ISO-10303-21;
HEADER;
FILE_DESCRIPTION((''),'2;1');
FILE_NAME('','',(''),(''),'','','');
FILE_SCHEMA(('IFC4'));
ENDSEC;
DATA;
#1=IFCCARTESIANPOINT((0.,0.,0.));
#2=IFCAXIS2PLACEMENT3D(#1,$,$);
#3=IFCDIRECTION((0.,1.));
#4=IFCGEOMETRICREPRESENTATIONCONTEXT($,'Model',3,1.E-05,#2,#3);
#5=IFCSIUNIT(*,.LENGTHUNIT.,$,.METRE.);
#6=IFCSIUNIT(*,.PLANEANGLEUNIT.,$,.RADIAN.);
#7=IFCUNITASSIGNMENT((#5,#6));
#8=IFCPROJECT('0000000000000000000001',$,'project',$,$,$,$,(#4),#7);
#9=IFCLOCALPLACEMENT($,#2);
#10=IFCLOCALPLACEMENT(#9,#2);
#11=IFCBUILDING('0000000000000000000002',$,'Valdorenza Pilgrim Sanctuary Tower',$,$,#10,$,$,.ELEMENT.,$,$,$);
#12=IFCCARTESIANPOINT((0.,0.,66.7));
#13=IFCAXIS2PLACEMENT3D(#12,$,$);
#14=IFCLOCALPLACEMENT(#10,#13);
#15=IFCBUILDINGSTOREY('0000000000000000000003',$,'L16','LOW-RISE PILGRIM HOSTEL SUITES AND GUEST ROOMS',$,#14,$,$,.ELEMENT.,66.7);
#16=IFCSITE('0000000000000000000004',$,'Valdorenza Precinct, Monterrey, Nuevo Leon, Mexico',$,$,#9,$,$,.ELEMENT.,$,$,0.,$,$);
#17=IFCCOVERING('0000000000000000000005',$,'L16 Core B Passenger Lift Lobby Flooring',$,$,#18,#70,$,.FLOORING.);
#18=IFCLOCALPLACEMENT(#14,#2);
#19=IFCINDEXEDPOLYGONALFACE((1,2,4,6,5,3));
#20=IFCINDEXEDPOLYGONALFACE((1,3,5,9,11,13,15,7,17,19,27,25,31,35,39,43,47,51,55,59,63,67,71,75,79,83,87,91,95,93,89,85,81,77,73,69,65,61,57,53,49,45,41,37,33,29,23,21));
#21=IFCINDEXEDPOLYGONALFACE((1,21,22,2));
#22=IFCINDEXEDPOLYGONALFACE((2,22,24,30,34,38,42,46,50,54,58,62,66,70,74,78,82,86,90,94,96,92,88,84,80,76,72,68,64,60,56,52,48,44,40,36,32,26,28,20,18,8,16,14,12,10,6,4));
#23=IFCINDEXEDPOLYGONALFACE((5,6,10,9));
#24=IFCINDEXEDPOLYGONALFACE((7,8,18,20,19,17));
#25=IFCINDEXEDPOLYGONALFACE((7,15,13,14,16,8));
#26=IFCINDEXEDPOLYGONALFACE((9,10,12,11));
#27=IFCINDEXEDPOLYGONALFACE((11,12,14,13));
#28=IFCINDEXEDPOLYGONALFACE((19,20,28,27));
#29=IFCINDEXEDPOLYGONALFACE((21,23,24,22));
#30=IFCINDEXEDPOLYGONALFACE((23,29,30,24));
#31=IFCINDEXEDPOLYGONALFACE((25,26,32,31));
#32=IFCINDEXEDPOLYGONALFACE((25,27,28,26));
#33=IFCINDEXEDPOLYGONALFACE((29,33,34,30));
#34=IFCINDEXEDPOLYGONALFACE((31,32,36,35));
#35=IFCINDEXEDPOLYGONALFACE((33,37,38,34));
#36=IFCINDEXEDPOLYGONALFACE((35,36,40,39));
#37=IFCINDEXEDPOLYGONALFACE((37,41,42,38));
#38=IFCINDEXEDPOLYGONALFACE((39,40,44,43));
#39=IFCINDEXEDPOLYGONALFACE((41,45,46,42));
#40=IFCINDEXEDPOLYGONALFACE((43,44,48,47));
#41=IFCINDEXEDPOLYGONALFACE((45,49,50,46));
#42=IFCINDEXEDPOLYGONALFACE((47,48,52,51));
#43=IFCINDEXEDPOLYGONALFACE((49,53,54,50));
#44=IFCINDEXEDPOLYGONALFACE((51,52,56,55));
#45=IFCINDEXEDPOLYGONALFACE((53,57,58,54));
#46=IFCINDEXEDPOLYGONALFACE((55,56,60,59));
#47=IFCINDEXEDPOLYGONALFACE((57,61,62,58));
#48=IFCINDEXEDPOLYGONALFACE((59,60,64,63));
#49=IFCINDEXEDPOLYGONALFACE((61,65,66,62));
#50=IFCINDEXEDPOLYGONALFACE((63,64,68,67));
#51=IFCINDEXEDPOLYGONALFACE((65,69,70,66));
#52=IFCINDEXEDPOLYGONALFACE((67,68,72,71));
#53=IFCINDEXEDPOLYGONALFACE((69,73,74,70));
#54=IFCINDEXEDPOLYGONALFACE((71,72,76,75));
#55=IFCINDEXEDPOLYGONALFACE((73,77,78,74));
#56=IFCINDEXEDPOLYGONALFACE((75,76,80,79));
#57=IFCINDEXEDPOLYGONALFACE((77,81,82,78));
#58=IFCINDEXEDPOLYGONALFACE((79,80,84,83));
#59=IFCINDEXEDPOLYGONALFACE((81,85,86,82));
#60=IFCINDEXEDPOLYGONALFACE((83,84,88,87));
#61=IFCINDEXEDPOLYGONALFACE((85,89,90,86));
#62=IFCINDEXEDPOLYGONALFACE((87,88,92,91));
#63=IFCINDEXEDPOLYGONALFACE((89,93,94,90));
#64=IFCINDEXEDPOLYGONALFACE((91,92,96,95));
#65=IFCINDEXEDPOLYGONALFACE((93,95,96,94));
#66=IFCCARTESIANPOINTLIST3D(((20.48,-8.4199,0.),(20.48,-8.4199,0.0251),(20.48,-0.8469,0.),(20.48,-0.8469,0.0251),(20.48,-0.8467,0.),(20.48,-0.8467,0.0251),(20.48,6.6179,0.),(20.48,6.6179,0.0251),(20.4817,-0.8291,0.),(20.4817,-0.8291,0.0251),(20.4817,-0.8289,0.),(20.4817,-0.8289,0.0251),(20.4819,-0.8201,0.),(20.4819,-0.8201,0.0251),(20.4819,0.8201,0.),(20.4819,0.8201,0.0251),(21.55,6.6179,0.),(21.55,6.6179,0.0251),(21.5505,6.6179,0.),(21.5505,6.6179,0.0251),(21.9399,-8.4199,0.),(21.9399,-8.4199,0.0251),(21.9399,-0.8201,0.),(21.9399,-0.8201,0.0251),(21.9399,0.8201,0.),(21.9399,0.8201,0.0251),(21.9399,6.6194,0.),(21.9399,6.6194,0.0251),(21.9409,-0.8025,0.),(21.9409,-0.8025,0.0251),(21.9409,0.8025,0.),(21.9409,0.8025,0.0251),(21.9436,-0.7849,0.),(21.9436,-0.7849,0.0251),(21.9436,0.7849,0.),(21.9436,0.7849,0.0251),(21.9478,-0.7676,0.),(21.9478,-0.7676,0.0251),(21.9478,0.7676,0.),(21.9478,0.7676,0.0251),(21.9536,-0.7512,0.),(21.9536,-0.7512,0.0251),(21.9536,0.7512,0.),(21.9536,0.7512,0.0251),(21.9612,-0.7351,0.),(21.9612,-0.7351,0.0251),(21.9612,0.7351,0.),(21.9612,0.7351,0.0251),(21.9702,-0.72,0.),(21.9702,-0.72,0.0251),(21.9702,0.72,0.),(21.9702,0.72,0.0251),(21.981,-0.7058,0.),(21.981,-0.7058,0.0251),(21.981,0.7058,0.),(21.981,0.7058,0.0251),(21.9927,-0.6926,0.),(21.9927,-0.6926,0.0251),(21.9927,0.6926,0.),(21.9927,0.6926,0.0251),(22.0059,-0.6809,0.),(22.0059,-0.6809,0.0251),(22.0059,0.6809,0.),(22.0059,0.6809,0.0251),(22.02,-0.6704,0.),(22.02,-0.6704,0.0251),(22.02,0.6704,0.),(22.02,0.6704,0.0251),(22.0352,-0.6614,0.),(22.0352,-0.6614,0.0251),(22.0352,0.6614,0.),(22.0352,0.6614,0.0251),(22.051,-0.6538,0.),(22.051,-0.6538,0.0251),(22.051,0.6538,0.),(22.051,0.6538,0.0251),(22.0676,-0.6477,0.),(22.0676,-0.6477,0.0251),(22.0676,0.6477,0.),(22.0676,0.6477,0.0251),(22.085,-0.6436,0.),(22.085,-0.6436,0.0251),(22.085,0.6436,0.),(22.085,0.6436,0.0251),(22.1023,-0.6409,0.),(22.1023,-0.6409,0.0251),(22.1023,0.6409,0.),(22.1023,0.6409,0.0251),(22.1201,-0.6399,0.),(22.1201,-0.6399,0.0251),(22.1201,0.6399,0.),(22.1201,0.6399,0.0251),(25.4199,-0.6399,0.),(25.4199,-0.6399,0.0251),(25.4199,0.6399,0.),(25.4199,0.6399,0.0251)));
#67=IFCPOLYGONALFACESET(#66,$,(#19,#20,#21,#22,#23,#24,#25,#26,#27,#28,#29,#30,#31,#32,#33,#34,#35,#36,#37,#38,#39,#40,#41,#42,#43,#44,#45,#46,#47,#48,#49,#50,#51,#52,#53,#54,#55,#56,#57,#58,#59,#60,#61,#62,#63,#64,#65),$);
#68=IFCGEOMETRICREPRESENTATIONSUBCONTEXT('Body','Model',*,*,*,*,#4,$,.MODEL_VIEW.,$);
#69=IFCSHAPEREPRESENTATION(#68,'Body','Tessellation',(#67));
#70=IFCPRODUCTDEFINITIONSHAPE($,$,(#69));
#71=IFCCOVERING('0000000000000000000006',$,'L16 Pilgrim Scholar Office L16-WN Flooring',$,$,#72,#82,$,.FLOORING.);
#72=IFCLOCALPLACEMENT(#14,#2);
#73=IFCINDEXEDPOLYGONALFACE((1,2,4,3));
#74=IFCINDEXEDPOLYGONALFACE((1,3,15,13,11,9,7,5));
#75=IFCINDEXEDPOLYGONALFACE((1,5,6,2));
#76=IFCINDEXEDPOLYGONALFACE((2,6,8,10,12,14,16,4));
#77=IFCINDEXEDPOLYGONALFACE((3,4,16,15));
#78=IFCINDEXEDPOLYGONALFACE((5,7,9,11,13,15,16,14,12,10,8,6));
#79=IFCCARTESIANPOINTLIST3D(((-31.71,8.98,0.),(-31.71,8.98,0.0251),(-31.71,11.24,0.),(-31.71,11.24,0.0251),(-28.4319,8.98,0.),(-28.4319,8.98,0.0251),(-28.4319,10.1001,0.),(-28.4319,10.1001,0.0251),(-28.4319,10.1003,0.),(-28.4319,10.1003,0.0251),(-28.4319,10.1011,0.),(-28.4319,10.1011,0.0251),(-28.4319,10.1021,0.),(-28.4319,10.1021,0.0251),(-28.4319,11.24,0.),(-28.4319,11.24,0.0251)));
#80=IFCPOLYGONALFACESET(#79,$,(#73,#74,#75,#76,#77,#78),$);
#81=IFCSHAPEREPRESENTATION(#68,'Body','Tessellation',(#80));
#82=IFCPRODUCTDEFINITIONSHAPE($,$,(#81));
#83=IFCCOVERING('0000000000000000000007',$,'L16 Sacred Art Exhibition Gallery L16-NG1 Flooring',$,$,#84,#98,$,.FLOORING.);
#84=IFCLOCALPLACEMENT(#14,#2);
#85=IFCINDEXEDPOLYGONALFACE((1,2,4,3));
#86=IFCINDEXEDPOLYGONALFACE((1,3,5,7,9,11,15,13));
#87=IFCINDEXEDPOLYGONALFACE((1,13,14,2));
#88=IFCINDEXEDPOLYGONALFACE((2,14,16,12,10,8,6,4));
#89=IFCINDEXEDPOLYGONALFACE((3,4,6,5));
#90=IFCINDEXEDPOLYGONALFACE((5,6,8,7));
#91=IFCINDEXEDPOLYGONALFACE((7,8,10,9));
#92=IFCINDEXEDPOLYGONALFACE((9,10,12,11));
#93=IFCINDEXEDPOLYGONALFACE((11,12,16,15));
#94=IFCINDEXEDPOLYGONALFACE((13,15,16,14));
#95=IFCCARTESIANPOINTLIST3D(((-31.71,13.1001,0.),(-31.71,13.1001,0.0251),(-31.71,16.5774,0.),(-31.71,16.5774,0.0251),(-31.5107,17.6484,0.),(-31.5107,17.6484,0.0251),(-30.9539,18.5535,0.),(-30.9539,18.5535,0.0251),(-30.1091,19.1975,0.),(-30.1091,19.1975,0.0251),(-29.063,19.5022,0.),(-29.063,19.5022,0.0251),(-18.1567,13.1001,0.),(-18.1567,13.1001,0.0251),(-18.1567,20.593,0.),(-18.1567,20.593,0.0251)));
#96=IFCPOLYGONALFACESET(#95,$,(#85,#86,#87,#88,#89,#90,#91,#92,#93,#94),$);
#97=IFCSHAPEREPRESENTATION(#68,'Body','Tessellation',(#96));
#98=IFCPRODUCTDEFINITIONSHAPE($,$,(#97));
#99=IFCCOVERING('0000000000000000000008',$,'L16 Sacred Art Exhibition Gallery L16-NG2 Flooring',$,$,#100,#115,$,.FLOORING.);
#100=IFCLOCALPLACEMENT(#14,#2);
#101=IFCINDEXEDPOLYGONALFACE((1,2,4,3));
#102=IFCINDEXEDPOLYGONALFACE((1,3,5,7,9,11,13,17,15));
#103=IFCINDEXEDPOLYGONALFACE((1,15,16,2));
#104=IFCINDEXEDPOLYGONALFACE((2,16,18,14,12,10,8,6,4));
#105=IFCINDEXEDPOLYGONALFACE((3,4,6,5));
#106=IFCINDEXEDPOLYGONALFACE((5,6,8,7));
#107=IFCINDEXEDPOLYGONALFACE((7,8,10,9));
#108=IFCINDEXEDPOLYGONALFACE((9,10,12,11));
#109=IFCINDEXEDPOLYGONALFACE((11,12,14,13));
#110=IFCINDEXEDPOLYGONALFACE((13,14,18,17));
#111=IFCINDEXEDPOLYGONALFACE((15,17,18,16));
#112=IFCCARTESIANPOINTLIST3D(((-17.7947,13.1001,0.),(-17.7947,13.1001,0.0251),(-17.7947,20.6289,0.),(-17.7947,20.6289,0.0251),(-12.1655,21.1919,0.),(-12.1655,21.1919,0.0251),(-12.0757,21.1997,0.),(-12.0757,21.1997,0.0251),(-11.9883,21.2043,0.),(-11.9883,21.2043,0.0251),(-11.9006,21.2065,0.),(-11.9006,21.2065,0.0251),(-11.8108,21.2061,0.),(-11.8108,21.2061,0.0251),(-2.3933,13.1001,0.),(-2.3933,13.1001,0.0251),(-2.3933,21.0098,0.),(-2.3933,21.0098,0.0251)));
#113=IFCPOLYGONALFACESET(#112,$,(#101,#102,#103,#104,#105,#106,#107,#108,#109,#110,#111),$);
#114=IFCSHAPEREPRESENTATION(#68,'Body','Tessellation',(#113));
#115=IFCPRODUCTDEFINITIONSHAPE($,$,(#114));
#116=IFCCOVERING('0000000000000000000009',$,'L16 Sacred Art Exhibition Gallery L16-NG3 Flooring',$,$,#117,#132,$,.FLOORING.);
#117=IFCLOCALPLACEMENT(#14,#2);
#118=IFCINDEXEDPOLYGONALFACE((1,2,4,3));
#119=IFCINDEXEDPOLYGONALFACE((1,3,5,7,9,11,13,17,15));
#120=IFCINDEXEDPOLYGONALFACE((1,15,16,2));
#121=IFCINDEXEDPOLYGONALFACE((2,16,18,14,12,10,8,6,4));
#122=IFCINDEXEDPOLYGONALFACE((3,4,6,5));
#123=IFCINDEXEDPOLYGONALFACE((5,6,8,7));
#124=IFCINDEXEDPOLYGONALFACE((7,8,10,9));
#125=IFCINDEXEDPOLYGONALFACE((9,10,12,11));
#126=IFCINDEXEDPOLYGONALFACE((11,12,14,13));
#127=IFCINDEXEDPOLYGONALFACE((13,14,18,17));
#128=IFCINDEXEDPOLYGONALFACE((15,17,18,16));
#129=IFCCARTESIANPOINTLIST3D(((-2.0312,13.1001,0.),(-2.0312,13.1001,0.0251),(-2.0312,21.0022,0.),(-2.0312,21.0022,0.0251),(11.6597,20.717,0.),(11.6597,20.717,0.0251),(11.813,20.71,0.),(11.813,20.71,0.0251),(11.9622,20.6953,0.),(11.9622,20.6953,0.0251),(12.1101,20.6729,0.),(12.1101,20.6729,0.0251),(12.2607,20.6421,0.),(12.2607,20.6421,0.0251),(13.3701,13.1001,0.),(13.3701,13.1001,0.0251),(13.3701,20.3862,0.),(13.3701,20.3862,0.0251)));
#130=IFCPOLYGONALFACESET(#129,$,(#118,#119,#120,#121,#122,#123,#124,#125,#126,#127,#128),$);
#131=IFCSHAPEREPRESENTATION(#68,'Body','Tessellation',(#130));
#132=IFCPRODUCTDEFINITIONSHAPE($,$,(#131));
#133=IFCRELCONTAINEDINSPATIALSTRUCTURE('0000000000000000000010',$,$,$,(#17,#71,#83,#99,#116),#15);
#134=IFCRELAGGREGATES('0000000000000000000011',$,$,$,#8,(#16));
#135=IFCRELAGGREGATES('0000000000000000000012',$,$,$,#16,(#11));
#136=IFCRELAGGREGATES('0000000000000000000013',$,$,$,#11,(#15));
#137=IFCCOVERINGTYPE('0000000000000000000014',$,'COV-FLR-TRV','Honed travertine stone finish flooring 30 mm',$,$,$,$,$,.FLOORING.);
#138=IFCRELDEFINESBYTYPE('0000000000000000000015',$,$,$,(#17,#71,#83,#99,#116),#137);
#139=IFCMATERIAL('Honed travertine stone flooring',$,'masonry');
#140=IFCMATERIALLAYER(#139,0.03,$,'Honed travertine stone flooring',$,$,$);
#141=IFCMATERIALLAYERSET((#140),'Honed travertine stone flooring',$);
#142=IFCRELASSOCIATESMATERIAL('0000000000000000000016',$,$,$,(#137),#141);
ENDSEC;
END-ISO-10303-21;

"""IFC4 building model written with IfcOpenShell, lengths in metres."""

from ifc_helpers import new_model, si_unit, direction, frame, origin, place, context, subcontext, project, spatial, polyline, outline, extrude, material, layer, layer_set, type_object, element, save


model = new_model("IFC4")

# Units and contexts
model_context = context("Model", 3, precision=1e-05, world=origin(), true_north=direction((0.0, 1.0)))
body_context = subcontext(model_context, "Body", "Model", "MODEL_VIEW")
ifc_project = project(units=[si_unit("LENGTHUNIT", "METRE"), si_unit("PLANEANGLEUNIT", "RADIAN")], contexts=[model_context])

# Site, building, storey
site_placement = place(None, origin())
site = spatial("IfcSite", under=ifc_project, at=site_placement, Name="Valdorenza Precinct, Monterrey, Nuevo Leon, Mexico", CompositionType="ELEMENT", RefElevation=0.0)
building_placement = place(site_placement, origin())
building = spatial("IfcBuilding", under=site, at=building_placement, Name="Valdorenza Pilgrim Sanctuary Tower", CompositionType="ELEMENT")
storey_placement = place(building_placement, frame((0.0, 0.0, 66.7)))
storey = spatial("IfcBuildingStorey", under=building, at=storey_placement, Name="L16", Description="LOW-RISE PILGRIM HOSTEL SUITES AND GUEST ROOMS", CompositionType="ELEMENT", Elevation=66.7)

# Coverings
ifc_material_1 = material(Name="Honed travertine stone flooring", Category="masonry")
ifc_layer_1 = layer(ifc_material_1, 0.03, Name="Honed travertine stone flooring")
ifc_layer_set_1 = layer_set([ifc_layer_1], Name="Honed travertine stone flooring")
covering_type_1 = type_object("IfcCoveringType", Name="COV-FLR-TRV", Description="Honed travertine stone finish flooring 30 mm", PredefinedType="FLOORING", material=ifc_layer_set_1)
covering_1_placement = place(storey_placement, origin())
element("IfcCovering", 1, at=covering_1_placement, inside=storey, type_object=covering_type_1, Name="L16 Core B Passenger Lift Lobby Flooring", PredefinedType="FLOORING", context=body_context, shape_type="SweptSolid", body=[
    extrude(outline(polyline([(20.48, 6.6179), (21.55, 6.6179), (21.5505, 6.6179), (21.9399, 6.6194), (21.9399, 0.8201), (21.9409, 0.8025), (21.9436, 0.7849), (21.9478, 0.7676), (21.9536, 0.7512), (21.9612, 0.7351), (21.9702, 0.72), (21.981, 0.7058), (21.9927, 0.6926), (22.0059, 0.6809), (22.02, 0.6704), (22.0352, 0.6614), (22.051, 0.6538), (22.0676, 0.6477), (22.085, 0.6436), (22.1023, 0.6409), (22.1201, 0.6399), (25.4199, 0.6399), (25.4199, -0.6399), (22.1201, -0.6399), (22.1023, -0.6409), (22.085, -0.6436), (22.0676, -0.6477), (22.051, -0.6538), (22.0352, -0.6614), (22.02, -0.6704), (22.0059, -0.6809), (21.9927, -0.6926), (21.981, -0.7058), (21.9702, -0.72), (21.9612, -0.7351), (21.9536, -0.7512), (21.9478, -0.7676), (21.9436, -0.7849), (21.9409, -0.8025), (21.9399, -0.8201), (21.9399, -8.4199), (20.48, -8.4199), (20.48, -0.8469), (20.48, -0.8467), (20.48, -0.8467), (20.4817, -0.8291), (20.4817, -0.8289), (20.4819, -0.8201), (20.4819, 0.8201), (20.48, 6.6179)])), origin(), (0.0, 0.0, 1.0), 0.0251),
])
covering_2_placement = place(storey_placement, origin())
element("IfcCovering", 2, at=covering_2_placement, inside=storey, type_object=covering_type_1, Name="L16 Pilgrim Scholar Office L16-WN Flooring", PredefinedType="FLOORING", context=body_context, shape_type="SweptSolid", body=[
    extrude(outline(polyline([(-28.4319, 11.24), (-28.4319, 10.1021), (-28.4319, 10.1011), (-28.4319, 10.1003), (-28.4319, 10.1001), (-28.4319, 8.98), (-31.71, 8.98), (-31.71, 11.24), (-28.4319, 11.24)])), origin(), (0.0, 0.0, 1.0), 0.0251),
])
covering_3_placement = place(storey_placement, origin())
element("IfcCovering", 3, at=covering_3_placement, inside=storey, type_object=covering_type_1, Name="L16 Sacred Art Exhibition Gallery L16-NG1 Flooring", PredefinedType="FLOORING", context=body_context, shape_type="SweptSolid", body=[
    extrude(outline(polyline([(-31.71, 13.1001), (-31.71, 16.5774), (-31.5107, 17.6484), (-30.9539, 18.5535), (-30.1091, 19.1975), (-29.063, 19.5022), (-18.1567, 20.593), (-18.1567, 13.1001), (-31.71, 13.1001)])), origin(), (0.0, 0.0, 1.0), 0.0251),
])
covering_4_placement = place(storey_placement, origin())
element("IfcCovering", 4, at=covering_4_placement, inside=storey, type_object=covering_type_1, Name="L16 Sacred Art Exhibition Gallery L16-NG2 Flooring", PredefinedType="FLOORING", context=body_context, shape_type="SweptSolid", body=[
    extrude(outline(polyline([(-17.7947, 13.1001), (-17.7947, 20.6289), (-12.1655, 21.1919), (-12.0757, 21.1997), (-11.9883, 21.2043), (-11.9006, 21.2065), (-11.8108, 21.2061), (-2.3933, 21.0098), (-2.3933, 13.1001), (-17.7947, 13.1001)])), origin(), (0.0, 0.0, 1.0), 0.0251),
])
covering_5_placement = place(storey_placement, origin())
element("IfcCovering", 5, at=covering_5_placement, inside=storey, type_object=covering_type_1, Name="L16 Sacred Art Exhibition Gallery L16-NG3 Flooring", PredefinedType="FLOORING", context=body_context, shape_type="SweptSolid", body=[
    extrude(outline(polyline([(-2.0312, 13.1001), (-2.0312, 21.0022), (11.6597, 20.717), (11.813, 20.71), (11.9622, 20.6953), (12.1101, 20.6729), (12.2607, 20.6421), (13.3701, 20.3862), (13.3701, 13.1001), (-2.0312, 13.1001)])), origin(), (0.0, 0.0, 1.0), 0.0251),
])

save(model, "model.ifc")
